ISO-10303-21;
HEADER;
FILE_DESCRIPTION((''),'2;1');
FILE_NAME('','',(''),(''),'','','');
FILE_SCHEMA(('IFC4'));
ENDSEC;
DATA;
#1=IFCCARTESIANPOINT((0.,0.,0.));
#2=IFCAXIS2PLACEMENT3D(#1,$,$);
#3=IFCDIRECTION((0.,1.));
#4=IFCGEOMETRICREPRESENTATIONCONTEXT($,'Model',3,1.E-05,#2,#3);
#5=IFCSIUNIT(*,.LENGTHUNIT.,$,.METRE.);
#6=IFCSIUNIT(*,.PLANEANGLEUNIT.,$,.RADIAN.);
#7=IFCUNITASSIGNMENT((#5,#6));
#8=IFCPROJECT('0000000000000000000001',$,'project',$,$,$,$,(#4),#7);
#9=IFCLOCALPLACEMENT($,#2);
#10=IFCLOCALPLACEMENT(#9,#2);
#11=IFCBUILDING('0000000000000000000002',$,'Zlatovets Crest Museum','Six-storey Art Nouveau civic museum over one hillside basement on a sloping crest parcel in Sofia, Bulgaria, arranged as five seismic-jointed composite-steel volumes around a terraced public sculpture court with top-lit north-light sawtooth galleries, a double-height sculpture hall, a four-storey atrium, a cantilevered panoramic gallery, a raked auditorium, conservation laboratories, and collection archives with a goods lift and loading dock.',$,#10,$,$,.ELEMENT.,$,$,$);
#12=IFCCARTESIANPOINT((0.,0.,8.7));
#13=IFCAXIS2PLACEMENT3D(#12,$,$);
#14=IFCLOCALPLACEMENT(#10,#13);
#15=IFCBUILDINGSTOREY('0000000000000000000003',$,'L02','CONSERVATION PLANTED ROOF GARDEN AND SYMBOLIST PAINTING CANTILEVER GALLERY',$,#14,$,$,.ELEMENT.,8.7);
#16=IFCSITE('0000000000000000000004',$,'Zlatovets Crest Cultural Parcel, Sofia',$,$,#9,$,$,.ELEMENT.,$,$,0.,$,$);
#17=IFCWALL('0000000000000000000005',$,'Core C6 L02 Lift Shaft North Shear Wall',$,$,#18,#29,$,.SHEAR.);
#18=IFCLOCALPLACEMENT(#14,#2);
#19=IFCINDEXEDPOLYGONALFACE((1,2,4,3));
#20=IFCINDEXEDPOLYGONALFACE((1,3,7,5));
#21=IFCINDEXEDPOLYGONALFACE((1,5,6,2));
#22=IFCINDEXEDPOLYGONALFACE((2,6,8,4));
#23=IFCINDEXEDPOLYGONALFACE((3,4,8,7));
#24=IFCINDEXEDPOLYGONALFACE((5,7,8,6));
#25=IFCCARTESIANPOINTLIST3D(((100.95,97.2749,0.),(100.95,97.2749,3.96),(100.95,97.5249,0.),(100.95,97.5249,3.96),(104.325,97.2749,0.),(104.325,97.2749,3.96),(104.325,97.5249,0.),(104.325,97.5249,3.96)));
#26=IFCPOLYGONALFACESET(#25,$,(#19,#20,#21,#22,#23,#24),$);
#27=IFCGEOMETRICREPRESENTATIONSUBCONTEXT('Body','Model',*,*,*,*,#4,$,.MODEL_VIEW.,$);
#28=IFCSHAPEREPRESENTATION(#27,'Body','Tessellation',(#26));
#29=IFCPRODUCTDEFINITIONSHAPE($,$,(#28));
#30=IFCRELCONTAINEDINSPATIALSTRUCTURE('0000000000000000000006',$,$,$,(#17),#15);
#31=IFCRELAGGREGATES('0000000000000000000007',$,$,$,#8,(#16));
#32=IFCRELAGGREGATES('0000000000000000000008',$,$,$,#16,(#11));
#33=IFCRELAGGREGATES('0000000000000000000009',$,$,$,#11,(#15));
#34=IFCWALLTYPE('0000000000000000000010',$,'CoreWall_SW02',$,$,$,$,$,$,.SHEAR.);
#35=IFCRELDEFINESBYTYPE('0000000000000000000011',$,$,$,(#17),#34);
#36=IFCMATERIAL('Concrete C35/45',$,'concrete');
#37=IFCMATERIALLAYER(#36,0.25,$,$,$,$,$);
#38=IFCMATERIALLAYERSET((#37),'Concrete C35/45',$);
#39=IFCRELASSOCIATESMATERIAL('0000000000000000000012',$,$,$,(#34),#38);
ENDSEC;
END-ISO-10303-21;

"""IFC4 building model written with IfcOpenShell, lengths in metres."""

from ifc_helpers import new_model, si_unit, direction, frame, frame_2d, origin, place, context, subcontext, project, spatial, rectangle, extrude, material, layer, layer_set, type_object, element, save


model = new_model("IFC4")

# Units and contexts
model_context = context("Model", 3, precision=1e-05, world=origin(), true_north=direction((0.0, 1.0)))
body_context = subcontext(model_context, "Body", "Model", "MODEL_VIEW")
ifc_project = project(units=[si_unit("LENGTHUNIT", "METRE"), si_unit("PLANEANGLEUNIT", "RADIAN")], contexts=[model_context])

# Site, building, storey
site_placement = place(None, origin())
site = spatial("IfcSite", under=ifc_project, at=site_placement, Name="Zlatovets Crest Cultural Parcel, Sofia", CompositionType="ELEMENT", RefElevation=0.0)
building_placement = place(site_placement, origin())
building = spatial("IfcBuilding", under=site, at=building_placement, Name="Zlatovets Crest Museum", Description="Six-storey Art Nouveau civic museum over one hillside basement on a sloping crest parcel in Sofia, Bulgaria, arranged as five seismic-jointed composite-steel volumes around a terraced public sculpture court with top-lit north-light sawtooth galleries, a double-height sculpture hall, a four-storey atrium, a cantilevered panoramic gallery, a raked auditorium, conservation laboratories, and collection archives with a goods lift and loading dock.", CompositionType="ELEMENT")
storey_placement = place(building_placement, frame((0.0, 0.0, 8.7)))
storey = spatial("IfcBuildingStorey", under=building, at=storey_placement, Name="L02", Description="CONSERVATION PLANTED ROOF GARDEN AND SYMBOLIST PAINTING CANTILEVER GALLERY", CompositionType="ELEMENT", Elevation=8.7)

# Shared definitions
ifc_material_1 = material(Name="Concrete C35/45", Category="concrete")

# Shared definitions
ifc_layer_1 = layer(ifc_material_1, 0.25)
ifc_layer_set_1 = layer_set([ifc_layer_1], Name="Concrete C35/45")
wall_type_1 = type_object("IfcWallType", Name="CoreWall_SW02", PredefinedType="SHEAR", material=ifc_layer_set_1)

# Wall
wall_1_placement = place(storey_placement, frame((100.95, 97.3999, 0.0), z_axis=(0.0, 0.0, 1.0), x_axis=(1.0, 0.0, 0.0)))
element("IfcWall", 1, at=wall_1_placement, inside=storey, type_object=wall_type_1, Name="Core C6 L02 Lift Shaft North Shear Wall", PredefinedType="SHEAR", context=body_context, shape_type="SweptSolid", body=[
    extrude(rectangle(XDim=3.375, YDim=0.25, at=frame_2d((1.6875, 0.0))), origin(), (0.0, 0.0, 1.0), 3.96),
])

save(model, "model.ifc")
